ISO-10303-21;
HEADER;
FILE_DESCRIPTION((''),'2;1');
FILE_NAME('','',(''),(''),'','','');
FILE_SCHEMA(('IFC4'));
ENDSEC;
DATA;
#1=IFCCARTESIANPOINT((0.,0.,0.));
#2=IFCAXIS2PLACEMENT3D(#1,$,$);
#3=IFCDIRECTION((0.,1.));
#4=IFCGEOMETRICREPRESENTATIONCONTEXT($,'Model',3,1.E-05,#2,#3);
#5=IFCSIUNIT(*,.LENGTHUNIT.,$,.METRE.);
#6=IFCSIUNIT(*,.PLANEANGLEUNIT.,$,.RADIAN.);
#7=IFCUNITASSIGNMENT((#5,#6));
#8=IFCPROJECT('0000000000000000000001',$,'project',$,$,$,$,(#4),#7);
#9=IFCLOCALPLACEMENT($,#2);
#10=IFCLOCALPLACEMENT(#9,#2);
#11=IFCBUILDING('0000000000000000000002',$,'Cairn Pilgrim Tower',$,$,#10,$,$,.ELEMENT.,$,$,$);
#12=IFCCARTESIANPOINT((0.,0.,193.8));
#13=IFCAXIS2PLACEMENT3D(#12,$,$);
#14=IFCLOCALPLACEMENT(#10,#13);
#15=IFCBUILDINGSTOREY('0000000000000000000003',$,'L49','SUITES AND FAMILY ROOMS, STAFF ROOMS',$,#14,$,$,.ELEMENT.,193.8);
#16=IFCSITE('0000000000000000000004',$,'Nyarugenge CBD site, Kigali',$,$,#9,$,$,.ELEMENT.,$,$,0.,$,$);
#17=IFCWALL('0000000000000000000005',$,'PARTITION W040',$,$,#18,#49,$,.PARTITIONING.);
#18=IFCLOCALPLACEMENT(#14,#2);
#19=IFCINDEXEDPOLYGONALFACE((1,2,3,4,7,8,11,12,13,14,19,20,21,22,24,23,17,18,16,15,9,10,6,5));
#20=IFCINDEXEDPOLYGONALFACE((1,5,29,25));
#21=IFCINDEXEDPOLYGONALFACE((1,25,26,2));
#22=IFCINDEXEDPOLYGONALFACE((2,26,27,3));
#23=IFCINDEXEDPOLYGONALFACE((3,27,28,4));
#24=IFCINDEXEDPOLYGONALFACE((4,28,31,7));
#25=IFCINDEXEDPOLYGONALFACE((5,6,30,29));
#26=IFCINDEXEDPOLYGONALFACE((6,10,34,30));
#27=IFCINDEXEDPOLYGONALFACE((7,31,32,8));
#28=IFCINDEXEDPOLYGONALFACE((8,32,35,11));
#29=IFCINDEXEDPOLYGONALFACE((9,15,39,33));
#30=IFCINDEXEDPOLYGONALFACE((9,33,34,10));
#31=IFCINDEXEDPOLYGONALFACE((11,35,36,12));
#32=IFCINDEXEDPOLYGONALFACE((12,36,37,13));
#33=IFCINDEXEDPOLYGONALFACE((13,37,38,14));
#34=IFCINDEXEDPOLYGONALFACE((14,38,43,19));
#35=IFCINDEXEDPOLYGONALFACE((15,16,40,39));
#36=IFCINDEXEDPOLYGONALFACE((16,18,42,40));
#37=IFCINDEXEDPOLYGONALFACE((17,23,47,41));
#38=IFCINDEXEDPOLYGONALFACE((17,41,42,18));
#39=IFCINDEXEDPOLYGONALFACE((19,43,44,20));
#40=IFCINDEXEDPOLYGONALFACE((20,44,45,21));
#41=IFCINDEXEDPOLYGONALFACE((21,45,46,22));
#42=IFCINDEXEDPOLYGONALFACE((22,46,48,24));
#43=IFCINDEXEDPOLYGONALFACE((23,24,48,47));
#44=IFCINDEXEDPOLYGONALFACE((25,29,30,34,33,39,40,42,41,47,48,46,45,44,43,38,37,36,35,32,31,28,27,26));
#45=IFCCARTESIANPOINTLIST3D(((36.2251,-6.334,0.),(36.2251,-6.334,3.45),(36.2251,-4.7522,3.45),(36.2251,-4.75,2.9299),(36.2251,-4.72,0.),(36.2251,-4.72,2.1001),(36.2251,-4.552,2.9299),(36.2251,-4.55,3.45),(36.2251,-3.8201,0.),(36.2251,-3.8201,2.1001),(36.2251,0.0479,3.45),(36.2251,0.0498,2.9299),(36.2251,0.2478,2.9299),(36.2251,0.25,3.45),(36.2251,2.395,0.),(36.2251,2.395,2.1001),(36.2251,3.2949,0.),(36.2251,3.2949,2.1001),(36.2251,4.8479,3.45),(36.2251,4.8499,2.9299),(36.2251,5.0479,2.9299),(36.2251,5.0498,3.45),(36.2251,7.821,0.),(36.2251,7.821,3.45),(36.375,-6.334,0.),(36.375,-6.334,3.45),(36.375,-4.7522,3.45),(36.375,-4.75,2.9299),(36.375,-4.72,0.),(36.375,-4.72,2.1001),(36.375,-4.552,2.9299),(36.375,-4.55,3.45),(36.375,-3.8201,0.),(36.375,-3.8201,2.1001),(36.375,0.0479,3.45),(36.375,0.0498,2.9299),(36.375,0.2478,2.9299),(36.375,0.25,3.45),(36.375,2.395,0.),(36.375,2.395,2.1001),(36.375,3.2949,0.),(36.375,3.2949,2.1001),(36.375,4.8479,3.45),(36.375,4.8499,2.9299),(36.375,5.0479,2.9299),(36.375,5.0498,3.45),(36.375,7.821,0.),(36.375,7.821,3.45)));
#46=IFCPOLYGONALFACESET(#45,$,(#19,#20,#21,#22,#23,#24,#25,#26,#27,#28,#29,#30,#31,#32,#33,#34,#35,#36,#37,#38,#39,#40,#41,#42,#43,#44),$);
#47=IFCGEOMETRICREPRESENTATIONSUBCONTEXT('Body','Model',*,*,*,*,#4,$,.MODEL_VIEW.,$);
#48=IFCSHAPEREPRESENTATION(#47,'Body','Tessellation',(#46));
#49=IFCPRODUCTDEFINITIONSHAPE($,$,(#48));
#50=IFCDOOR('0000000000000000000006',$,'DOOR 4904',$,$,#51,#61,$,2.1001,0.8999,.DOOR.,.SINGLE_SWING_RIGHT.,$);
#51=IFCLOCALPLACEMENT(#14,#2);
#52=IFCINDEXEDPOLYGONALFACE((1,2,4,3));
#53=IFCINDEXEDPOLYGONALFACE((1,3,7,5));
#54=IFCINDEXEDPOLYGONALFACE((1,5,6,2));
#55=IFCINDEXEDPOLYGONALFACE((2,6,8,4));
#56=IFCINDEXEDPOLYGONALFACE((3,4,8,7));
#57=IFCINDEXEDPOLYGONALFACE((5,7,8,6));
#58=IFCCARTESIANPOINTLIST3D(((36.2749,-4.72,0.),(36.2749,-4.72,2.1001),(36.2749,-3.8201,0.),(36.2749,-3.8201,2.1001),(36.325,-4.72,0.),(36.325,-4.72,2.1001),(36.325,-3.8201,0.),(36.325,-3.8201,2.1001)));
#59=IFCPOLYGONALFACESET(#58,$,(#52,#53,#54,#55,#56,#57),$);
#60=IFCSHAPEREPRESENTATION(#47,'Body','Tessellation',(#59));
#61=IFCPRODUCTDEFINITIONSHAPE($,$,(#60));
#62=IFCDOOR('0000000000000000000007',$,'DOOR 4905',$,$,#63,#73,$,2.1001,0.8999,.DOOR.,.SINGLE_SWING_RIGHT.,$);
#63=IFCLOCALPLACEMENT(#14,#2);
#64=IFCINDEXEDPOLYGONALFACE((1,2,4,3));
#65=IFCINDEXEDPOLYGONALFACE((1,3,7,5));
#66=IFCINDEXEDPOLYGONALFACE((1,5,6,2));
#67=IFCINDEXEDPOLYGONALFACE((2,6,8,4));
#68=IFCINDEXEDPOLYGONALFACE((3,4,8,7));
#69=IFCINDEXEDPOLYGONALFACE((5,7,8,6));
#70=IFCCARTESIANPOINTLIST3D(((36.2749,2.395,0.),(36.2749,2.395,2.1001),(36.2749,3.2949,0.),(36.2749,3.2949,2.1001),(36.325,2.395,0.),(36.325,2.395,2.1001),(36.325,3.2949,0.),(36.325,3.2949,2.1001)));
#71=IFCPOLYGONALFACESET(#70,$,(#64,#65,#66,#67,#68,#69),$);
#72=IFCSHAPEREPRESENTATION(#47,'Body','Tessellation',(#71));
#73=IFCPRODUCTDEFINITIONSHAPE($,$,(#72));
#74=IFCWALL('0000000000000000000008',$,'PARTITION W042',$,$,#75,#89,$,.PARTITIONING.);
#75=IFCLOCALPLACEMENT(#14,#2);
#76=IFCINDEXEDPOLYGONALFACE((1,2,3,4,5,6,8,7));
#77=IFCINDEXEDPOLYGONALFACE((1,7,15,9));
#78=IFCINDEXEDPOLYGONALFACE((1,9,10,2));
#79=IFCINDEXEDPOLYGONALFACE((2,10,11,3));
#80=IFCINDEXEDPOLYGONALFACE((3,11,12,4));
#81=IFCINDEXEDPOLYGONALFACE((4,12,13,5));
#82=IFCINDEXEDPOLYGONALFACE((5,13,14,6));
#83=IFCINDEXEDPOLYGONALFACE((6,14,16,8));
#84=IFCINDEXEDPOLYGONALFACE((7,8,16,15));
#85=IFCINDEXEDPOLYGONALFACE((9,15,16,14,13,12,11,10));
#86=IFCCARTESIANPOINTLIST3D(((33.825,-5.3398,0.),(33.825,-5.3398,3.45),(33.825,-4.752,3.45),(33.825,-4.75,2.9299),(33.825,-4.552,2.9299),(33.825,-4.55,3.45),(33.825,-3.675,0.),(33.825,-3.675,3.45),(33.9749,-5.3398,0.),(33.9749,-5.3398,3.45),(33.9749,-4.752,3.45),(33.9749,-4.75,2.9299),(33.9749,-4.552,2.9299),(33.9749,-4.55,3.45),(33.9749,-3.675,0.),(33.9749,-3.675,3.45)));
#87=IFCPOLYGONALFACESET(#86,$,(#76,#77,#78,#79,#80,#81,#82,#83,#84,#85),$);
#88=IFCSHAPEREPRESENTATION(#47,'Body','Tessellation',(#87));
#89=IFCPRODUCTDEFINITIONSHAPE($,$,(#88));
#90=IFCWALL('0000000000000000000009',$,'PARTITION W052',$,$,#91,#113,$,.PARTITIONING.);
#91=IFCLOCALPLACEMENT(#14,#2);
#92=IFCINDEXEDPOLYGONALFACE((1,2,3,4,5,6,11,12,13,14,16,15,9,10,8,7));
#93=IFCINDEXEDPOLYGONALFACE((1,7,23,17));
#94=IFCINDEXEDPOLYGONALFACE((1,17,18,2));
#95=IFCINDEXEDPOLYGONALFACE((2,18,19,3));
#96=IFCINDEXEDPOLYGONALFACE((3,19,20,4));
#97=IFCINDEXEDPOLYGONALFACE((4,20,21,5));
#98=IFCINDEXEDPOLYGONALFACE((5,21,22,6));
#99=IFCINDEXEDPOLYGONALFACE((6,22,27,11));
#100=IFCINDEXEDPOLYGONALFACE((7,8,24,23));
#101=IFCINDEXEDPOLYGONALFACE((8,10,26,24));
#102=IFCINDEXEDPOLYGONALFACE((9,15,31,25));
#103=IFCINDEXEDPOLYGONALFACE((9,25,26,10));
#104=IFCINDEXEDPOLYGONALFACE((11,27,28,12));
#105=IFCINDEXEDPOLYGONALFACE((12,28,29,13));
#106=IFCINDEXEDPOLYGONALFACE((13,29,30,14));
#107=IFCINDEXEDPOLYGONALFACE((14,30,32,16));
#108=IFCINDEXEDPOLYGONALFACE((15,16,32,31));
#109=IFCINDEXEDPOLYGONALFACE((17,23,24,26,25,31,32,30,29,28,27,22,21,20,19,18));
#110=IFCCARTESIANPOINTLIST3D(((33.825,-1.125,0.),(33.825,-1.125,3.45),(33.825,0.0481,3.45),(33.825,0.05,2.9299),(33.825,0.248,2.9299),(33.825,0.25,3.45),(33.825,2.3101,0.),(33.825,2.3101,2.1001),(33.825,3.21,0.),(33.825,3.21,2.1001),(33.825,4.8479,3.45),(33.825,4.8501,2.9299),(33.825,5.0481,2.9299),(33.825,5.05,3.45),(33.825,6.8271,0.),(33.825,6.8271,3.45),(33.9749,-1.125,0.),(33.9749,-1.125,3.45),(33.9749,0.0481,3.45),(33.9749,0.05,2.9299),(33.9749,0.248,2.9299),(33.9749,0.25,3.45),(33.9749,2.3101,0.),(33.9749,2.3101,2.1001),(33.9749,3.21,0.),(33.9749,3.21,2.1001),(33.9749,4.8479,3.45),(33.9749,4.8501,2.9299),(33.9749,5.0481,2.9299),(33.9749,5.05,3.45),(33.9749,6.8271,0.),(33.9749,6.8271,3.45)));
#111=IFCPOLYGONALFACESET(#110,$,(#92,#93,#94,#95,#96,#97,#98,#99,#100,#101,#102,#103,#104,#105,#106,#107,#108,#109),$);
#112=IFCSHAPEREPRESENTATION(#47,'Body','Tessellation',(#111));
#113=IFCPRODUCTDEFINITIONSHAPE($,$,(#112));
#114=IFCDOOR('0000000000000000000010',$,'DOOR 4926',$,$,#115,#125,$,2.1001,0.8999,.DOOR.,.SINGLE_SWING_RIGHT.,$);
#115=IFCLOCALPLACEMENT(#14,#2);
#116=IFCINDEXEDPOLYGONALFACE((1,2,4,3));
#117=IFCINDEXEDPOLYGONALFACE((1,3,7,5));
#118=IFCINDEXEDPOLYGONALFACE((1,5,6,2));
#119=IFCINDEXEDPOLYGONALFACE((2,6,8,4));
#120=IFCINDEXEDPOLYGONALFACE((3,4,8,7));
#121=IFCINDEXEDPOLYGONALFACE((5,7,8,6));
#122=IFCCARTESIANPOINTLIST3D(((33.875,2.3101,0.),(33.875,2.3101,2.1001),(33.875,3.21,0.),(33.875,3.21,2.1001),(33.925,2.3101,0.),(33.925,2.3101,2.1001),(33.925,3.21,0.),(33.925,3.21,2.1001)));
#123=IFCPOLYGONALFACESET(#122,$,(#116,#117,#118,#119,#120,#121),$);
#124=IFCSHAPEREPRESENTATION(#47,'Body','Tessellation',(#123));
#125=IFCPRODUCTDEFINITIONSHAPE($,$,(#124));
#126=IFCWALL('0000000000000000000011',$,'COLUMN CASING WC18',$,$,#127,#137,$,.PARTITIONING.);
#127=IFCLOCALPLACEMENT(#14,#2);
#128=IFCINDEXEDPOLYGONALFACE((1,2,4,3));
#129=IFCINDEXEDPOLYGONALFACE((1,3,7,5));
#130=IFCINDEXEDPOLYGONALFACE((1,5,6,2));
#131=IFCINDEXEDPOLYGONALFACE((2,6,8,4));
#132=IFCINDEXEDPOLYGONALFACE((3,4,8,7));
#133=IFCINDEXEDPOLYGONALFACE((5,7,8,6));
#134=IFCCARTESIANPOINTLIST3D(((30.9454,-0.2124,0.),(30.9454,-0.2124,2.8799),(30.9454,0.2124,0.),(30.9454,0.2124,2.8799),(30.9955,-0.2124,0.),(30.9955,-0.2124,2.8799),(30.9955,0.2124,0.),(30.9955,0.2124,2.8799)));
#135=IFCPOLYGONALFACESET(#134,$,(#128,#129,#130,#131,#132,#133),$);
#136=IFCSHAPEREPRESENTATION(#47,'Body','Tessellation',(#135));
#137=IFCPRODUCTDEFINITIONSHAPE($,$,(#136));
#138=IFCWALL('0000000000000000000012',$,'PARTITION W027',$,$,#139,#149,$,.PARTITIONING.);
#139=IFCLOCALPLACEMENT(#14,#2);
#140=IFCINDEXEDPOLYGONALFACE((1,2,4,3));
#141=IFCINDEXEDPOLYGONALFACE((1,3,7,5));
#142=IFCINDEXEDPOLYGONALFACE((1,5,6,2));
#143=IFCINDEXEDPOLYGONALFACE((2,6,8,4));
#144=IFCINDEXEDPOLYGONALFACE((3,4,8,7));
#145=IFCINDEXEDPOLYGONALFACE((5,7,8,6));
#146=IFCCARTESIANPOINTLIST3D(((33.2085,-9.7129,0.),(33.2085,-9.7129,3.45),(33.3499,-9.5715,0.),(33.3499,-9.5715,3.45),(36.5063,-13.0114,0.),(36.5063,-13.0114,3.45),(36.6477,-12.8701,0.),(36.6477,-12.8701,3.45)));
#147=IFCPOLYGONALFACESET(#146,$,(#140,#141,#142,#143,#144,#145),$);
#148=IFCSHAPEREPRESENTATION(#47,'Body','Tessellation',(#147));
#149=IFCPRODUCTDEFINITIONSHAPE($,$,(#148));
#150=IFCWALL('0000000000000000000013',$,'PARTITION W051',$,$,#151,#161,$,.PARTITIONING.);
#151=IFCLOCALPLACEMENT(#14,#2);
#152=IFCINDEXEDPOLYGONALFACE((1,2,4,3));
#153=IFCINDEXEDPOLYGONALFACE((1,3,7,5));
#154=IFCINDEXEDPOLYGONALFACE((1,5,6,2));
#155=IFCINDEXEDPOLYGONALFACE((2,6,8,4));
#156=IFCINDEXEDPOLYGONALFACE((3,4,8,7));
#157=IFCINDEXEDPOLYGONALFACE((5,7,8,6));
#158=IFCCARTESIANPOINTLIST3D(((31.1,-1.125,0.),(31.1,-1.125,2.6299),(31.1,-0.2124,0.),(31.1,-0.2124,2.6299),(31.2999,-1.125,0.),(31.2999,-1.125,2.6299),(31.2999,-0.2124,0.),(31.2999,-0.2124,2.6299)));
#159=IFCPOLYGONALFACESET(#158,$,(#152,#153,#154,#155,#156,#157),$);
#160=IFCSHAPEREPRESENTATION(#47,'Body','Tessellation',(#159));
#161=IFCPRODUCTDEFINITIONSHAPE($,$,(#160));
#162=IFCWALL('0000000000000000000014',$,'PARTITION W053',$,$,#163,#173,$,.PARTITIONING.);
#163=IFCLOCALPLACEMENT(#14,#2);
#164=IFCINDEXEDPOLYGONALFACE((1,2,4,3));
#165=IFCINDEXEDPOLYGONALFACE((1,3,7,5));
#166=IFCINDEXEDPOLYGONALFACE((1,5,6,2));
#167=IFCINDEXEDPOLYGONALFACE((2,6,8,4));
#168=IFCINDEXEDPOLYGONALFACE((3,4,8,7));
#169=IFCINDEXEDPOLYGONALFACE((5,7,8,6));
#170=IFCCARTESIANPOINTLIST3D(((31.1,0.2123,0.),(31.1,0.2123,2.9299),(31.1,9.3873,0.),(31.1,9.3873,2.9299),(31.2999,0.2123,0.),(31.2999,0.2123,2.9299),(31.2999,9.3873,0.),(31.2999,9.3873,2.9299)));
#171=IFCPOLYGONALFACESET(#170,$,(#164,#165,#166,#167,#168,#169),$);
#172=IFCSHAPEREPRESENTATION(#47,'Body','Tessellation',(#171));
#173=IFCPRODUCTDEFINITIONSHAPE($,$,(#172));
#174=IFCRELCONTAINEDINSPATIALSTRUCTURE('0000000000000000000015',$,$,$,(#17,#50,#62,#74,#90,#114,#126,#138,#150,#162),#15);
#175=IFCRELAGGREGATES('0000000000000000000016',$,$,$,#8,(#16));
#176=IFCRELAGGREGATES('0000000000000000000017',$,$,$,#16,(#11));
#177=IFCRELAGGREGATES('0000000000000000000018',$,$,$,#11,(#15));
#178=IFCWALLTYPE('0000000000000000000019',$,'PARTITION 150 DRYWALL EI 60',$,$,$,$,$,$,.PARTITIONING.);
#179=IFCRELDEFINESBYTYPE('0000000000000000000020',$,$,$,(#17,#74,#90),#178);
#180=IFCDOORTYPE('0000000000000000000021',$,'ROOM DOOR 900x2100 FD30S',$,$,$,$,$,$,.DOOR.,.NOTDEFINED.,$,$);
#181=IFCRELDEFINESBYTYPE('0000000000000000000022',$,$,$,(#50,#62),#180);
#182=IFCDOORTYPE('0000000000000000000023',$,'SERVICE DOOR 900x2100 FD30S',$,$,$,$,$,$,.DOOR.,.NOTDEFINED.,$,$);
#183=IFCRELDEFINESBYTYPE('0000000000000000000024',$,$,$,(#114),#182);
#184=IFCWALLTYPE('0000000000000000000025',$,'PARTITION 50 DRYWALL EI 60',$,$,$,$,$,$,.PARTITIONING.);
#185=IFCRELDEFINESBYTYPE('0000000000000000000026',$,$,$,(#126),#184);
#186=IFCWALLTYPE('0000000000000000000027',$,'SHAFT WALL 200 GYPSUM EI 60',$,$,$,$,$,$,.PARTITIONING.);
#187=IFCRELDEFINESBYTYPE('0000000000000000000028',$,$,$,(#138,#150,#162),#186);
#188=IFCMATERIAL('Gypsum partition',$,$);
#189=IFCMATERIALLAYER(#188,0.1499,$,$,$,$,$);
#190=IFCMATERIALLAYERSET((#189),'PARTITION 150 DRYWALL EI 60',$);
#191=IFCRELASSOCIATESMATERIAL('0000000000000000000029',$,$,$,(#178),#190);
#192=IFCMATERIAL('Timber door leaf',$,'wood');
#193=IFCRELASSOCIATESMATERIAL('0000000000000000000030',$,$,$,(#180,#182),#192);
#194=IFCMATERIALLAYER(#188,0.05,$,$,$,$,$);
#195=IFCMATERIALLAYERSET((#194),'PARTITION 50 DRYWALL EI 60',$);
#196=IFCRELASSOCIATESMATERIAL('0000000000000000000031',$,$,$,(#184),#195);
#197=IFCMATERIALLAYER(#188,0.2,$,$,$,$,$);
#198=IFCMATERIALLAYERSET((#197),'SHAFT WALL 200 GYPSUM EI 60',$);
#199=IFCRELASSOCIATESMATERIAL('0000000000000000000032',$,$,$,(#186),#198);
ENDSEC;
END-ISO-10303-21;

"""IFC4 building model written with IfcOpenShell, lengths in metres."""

from ifc_helpers import new_model, si_unit, direction, frame, frame_2d, origin, place, context, subcontext, project, spatial, polyline, rectangle, outline, extrude, material, layer, layer_set, type_object, element, fill, save


model = new_model("IFC4")

# Units and contexts
model_context = context("Model", 3, precision=1e-05, world=origin(), true_north=direction((0.0, 1.0)))
body_context = subcontext(model_context, "Body", "Model", "MODEL_VIEW")
ifc_project = project(units=[si_unit("LENGTHUNIT", "METRE"), si_unit("PLANEANGLEUNIT", "RADIAN")], contexts=[model_context])

# Site, building, storey
site_placement = place(None, origin())
site = spatial("IfcSite", under=ifc_project, at=site_placement, Name="Nyarugenge CBD site, Kigali", CompositionType="ELEMENT", RefElevation=0.0)
building_placement = place(site_placement, origin())
building = spatial("IfcBuilding", under=site, at=building_placement, Name="Cairn Pilgrim Tower", CompositionType="ELEMENT")
storey_placement = place(building_placement, frame((0.0, 0.0, 193.8)))
storey = spatial("IfcBuildingStorey", under=building, at=storey_placement, Name="L49", Description="SUITES AND FAMILY ROOMS, STAFF ROOMS", CompositionType="ELEMENT", Elevation=193.8)

# Shared definitions
ifc_material_1 = material(Name="Gypsum partition")
ifc_material_2 = material(Name="Timber door leaf", Category="wood")

# Wall, openings, doors
ifc_layer_1 = layer(ifc_material_1, 0.1499)
ifc_layer_set_1 = layer_set([ifc_layer_1], Name="PARTITION 150 DRYWALL EI 60")
wall_type_1 = type_object("IfcWallType", Name="PARTITION 150 DRYWALL EI 60", PredefinedType="PARTITIONING", material=ifc_layer_set_1)
wall_1_placement = place(storey_placement, frame((36.3, -6.334, 0.0), z_axis=(0.0, 0.0, 1.0), x_axis=(0.0, 1.0, 0.0)))
wall_1 = element("IfcWall", 1, at=wall_1_placement, inside=storey, type_object=wall_type_1, Name="PARTITION W040", PredefinedType="PARTITIONING", context=body_context, shape_type="SweptSolid", body=[
    extrude(outline(polyline([(0.0, 0.0), (14.155, 0.0), (14.155, 3.45), (11.3838, 3.45), (11.3818, 2.9299), (11.1838, 2.9299), (11.1819, 3.45), (6.584, 3.45), (6.5818, 2.9299), (6.3838, 2.9299), (6.3818, 3.45), (1.7839, 3.45), (1.782, 2.9299), (1.584, 2.9299), (1.5818, 3.45), (0.0, 3.45), (0.0, 0.0)])), frame((0.0, 0.075, 0.0), z_axis=(0.0, -1.0, 0.0), x_axis=(1.0, 0.0, 0.0)), (0.0, 0.0, 1.0), 0.1499),
])
opening_1_placement = place(wall_1_placement, frame((1.614, 0.0, 0.0)))
opening_1 = element("IfcOpeningElement", 2, at=opening_1_placement, cuts=wall_1, PredefinedType="OPENING", context=body_context, shape_type="SweptSolid", body=[
    extrude(rectangle(XDim=0.8999, YDim=2.1001, at=frame_2d((0.45, 1.05))), frame((0.0, 0.085, 0.0), z_axis=(0.0, -1.0, 0.0), x_axis=(1.0, 0.0, 0.0)), (0.0, 0.0, 1.0), 0.1699),
])
opening_2_placement = place(wall_1_placement, frame((8.729, 0.0, 0.0)))
opening_2 = element("IfcOpeningElement", 3, at=opening_2_placement, cuts=wall_1, PredefinedType="OPENING", context=body_context, shape_type="SweptSolid", body=[
    extrude(rectangle(XDim=0.8999, YDim=2.1001, at=frame_2d((0.45, 1.05))), frame((0.0, 0.085, 0.0), z_axis=(0.0, -1.0, 0.0), x_axis=(1.0, 0.0, 0.0)), (0.0, 0.0, 1.0), 0.1699),
])
door_type_1 = type_object("IfcDoorType", Name="ROOM DOOR 900x2100 FD30S", OperationType="NOTDEFINED", PredefinedType="DOOR", material=ifc_material_2)
door_1_placement = place(opening_1_placement, frame((0.8999, 0.0, 0.0), z_axis=(0.0, 0.0, 1.0), x_axis=(-1.0, 0.0, 0.0)))
door_1 = element("IfcDoor", 4, at=door_1_placement, inside=storey, type_object=door_type_1, Name="DOOR 4904", OperationType="SINGLE_SWING_RIGHT", OverallHeight=2.1001, OverallWidth=0.8999, PredefinedType="DOOR", context=body_context, shape_type="SweptSolid", body=[
    extrude(rectangle(XDim=0.8999, YDim=2.1001, at=frame_2d((0.45, 1.05))), frame((0.0, 0.0249, 0.0), z_axis=(0.0, -1.0, 0.0), x_axis=(1.0, 0.0, 0.0)), (0.0, 0.0, 1.0), 0.05),
])
fill(opening_1, door_1)
door_2_placement = place(opening_2_placement, frame((0.8999, 0.0, 0.0), z_axis=(0.0, 0.0, 1.0), x_axis=(-1.0, 0.0, 0.0)))
door_2 = element("IfcDoor", 5, at=door_2_placement, inside=storey, type_object=door_type_1, Name="DOOR 4905", OperationType="SINGLE_SWING_RIGHT", OverallHeight=2.1001, OverallWidth=0.8999, PredefinedType="DOOR", context=body_context, shape_type="SweptSolid", body=[
    extrude(rectangle(XDim=0.8999, YDim=2.1001, at=frame_2d((0.45, 1.05))), frame((0.0, 0.0249, 0.0), z_axis=(0.0, -1.0, 0.0), x_axis=(1.0, 0.0, 0.0)), (0.0, 0.0, 1.0), 0.05),
])
fill(opening_2, door_2)

# Wall
wall_2_placement = place(storey_placement, frame((33.8999, -5.3398, 0.0), z_axis=(0.0, 0.0, 1.0), x_axis=(0.0, 1.0, 0.0)))
element("IfcWall", 6, at=wall_2_placement, inside=storey, type_object=wall_type_1, Name="PARTITION W042", PredefinedType="PARTITIONING", context=body_context, shape_type="SweptSolid", body=[
    extrude(outline(polyline([(0.0, 0.0), (1.6648, 0.0), (1.6648, 3.45), (0.7898, 3.45), (0.7878, 2.9299), (0.5898, 2.9299), (0.5879, 3.45), (0.0, 3.45), (0.0, 0.0)])), frame((0.0, 0.075, 0.0), z_axis=(0.0, -1.0, 0.0), x_axis=(1.0, 0.0, 0.0)), (0.0, 0.0, 1.0), 0.1499),
])

# Wall, opening, door
wall_3_placement = place(storey_placement, frame((33.8999, -1.125, 0.0), z_axis=(0.0, 0.0, 1.0), x_axis=(0.0, 1.0, 0.0)))
wall_3 = element("IfcWall", 7, at=wall_3_placement, inside=storey, type_object=wall_type_1, Name="PARTITION W052", PredefinedType="PARTITIONING", context=body_context, shape_type="SweptSolid", body=[
    extrude(outline(polyline([(0.0, 0.0), (7.9521, 0.0), (7.9521, 3.45), (6.175, 3.45), (6.1731, 2.9299), (5.9751, 2.9299), (5.9729, 3.45), (1.375, 3.45), (1.373, 2.9299), (1.175, 2.9299), (1.1731, 3.45), (0.0, 3.45), (0.0, 0.0)])), frame((0.0, 0.075, 0.0), z_axis=(0.0, -1.0, 0.0), x_axis=(1.0, 0.0, 0.0)), (0.0, 0.0, 1.0), 0.1499),
])
opening_3_placement = place(wall_3_placement, frame((3.4351, 0.0, 0.0)))
opening_3 = element("IfcOpeningElement", 8, at=opening_3_placement, cuts=wall_3, PredefinedType="OPENING", context=body_context, shape_type="SweptSolid", body=[
    extrude(rectangle(XDim=0.8999, YDim=2.1001, at=frame_2d((0.45, 1.05))), frame((0.0, 0.085, 0.0), z_axis=(0.0, -1.0, 0.0), x_axis=(1.0, 0.0, 0.0)), (0.0, 0.0, 1.0), 0.1699),
])
door_type_2 = type_object("IfcDoorType", Name="SERVICE DOOR 900x2100 FD30S", OperationType="NOTDEFINED", PredefinedType="DOOR", material=ifc_material_2)
door_3_placement = place(opening_3_placement, origin())
door_3 = element("IfcDoor", 9, at=door_3_placement, inside=storey, type_object=door_type_2, Name="DOOR 4926", OperationType="SINGLE_SWING_RIGHT", OverallHeight=2.1001, OverallWidth=0.8999, PredefinedType="DOOR", context=body_context, shape_type="SweptSolid", body=[
    extrude(rectangle(XDim=0.8999, YDim=2.1001, at=frame_2d((0.45, 1.05))), frame((0.0, 0.0249, 0.0), z_axis=(0.0, -1.0, 0.0), x_axis=(1.0, 0.0, 0.0)), (0.0, 0.0, 1.0), 0.05),
])
fill(opening_3, door_3)

# Walls
ifc_layer_2 = layer(ifc_material_1, 0.05)
ifc_layer_set_2 = layer_set([ifc_layer_2], Name="PARTITION 50 DRYWALL EI 60")
wall_type_2 = type_object("IfcWallType", Name="PARTITION 50 DRYWALL EI 60", PredefinedType="PARTITIONING", material=ifc_layer_set_2)
wall_4_placement = place(storey_placement, frame((30.9705, -0.2124, 0.0), z_axis=(0.0, 0.0, 1.0), x_axis=(0.0, 1.0, 0.0)))
element("IfcWall", 10, at=wall_4_placement, inside=storey, type_object=wall_type_2, Name="COLUMN CASING WC18", PredefinedType="PARTITIONING", context=body_context, shape_type="SweptSolid", body=[
    extrude(rectangle(XDim=0.4248, YDim=0.05, at=frame_2d((0.2124, 0.0))), origin(), (0.0, 0.0, 1.0), 2.8799),
])
ifc_layer_3 = layer(ifc_material_1, 0.2)
ifc_layer_set_3 = layer_set([ifc_layer_3], Name="SHAFT WALL 200 GYPSUM EI 60")
wall_type_3 = type_object("IfcWallType", Name="SHAFT WALL 200 GYPSUM EI 60", PredefinedType="PARTITIONING", material=ifc_layer_set_3)
wall_5_placement = place(storey_placement, frame((36.5769, -12.9407, 0.0), z_axis=(0.0, 0.0, 1.0), x_axis=(-0.707028, 0.707185, 0.0)))
element("IfcWall", 11, at=wall_5_placement, inside=storey, type_object=wall_type_3, Name="PARTITION W027", PredefinedType="PARTITIONING", context=body_context, shape_type="SweptSolid", body=[
    extrude(rectangle(XDim=4.6643, YDim=0.2, at=frame_2d((2.332, 0.0))), origin(), (0.0, 0.0, 1.0), 3.45),
])
wall_6_placement = place(storey_placement, frame((31.2, -1.125, 0.0), z_axis=(0.0, 0.0, 1.0), x_axis=(0.0, 1.0, 0.0)))
element("IfcWall", 12, at=wall_6_placement, inside=storey, type_object=wall_type_3, Name="PARTITION W051", PredefinedType="PARTITIONING", context=body_context, shape_type="SweptSolid", body=[
    extrude(rectangle(XDim=0.9126, YDim=0.2, at=frame_2d((0.4563, 0.0))), origin(), (0.0, 0.0, 1.0), 2.6299),
])
wall_7_placement = place(storey_placement, frame((31.2, 0.2124, 0.0), z_axis=(0.0, 0.0, 1.0), x_axis=(0.0, 1.0, 0.0)))
element("IfcWall", 13, at=wall_7_placement, inside=storey, type_object=wall_type_3, Name="PARTITION W053", PredefinedType="PARTITIONING", context=body_context, shape_type="SweptSolid", body=[
    extrude(rectangle(XDim=9.175, YDim=0.2, at=frame_2d((4.5874, 0.0))), origin(), (0.0, 0.0, 1.0), 2.9299),
])

save(model, "model.ifc")
